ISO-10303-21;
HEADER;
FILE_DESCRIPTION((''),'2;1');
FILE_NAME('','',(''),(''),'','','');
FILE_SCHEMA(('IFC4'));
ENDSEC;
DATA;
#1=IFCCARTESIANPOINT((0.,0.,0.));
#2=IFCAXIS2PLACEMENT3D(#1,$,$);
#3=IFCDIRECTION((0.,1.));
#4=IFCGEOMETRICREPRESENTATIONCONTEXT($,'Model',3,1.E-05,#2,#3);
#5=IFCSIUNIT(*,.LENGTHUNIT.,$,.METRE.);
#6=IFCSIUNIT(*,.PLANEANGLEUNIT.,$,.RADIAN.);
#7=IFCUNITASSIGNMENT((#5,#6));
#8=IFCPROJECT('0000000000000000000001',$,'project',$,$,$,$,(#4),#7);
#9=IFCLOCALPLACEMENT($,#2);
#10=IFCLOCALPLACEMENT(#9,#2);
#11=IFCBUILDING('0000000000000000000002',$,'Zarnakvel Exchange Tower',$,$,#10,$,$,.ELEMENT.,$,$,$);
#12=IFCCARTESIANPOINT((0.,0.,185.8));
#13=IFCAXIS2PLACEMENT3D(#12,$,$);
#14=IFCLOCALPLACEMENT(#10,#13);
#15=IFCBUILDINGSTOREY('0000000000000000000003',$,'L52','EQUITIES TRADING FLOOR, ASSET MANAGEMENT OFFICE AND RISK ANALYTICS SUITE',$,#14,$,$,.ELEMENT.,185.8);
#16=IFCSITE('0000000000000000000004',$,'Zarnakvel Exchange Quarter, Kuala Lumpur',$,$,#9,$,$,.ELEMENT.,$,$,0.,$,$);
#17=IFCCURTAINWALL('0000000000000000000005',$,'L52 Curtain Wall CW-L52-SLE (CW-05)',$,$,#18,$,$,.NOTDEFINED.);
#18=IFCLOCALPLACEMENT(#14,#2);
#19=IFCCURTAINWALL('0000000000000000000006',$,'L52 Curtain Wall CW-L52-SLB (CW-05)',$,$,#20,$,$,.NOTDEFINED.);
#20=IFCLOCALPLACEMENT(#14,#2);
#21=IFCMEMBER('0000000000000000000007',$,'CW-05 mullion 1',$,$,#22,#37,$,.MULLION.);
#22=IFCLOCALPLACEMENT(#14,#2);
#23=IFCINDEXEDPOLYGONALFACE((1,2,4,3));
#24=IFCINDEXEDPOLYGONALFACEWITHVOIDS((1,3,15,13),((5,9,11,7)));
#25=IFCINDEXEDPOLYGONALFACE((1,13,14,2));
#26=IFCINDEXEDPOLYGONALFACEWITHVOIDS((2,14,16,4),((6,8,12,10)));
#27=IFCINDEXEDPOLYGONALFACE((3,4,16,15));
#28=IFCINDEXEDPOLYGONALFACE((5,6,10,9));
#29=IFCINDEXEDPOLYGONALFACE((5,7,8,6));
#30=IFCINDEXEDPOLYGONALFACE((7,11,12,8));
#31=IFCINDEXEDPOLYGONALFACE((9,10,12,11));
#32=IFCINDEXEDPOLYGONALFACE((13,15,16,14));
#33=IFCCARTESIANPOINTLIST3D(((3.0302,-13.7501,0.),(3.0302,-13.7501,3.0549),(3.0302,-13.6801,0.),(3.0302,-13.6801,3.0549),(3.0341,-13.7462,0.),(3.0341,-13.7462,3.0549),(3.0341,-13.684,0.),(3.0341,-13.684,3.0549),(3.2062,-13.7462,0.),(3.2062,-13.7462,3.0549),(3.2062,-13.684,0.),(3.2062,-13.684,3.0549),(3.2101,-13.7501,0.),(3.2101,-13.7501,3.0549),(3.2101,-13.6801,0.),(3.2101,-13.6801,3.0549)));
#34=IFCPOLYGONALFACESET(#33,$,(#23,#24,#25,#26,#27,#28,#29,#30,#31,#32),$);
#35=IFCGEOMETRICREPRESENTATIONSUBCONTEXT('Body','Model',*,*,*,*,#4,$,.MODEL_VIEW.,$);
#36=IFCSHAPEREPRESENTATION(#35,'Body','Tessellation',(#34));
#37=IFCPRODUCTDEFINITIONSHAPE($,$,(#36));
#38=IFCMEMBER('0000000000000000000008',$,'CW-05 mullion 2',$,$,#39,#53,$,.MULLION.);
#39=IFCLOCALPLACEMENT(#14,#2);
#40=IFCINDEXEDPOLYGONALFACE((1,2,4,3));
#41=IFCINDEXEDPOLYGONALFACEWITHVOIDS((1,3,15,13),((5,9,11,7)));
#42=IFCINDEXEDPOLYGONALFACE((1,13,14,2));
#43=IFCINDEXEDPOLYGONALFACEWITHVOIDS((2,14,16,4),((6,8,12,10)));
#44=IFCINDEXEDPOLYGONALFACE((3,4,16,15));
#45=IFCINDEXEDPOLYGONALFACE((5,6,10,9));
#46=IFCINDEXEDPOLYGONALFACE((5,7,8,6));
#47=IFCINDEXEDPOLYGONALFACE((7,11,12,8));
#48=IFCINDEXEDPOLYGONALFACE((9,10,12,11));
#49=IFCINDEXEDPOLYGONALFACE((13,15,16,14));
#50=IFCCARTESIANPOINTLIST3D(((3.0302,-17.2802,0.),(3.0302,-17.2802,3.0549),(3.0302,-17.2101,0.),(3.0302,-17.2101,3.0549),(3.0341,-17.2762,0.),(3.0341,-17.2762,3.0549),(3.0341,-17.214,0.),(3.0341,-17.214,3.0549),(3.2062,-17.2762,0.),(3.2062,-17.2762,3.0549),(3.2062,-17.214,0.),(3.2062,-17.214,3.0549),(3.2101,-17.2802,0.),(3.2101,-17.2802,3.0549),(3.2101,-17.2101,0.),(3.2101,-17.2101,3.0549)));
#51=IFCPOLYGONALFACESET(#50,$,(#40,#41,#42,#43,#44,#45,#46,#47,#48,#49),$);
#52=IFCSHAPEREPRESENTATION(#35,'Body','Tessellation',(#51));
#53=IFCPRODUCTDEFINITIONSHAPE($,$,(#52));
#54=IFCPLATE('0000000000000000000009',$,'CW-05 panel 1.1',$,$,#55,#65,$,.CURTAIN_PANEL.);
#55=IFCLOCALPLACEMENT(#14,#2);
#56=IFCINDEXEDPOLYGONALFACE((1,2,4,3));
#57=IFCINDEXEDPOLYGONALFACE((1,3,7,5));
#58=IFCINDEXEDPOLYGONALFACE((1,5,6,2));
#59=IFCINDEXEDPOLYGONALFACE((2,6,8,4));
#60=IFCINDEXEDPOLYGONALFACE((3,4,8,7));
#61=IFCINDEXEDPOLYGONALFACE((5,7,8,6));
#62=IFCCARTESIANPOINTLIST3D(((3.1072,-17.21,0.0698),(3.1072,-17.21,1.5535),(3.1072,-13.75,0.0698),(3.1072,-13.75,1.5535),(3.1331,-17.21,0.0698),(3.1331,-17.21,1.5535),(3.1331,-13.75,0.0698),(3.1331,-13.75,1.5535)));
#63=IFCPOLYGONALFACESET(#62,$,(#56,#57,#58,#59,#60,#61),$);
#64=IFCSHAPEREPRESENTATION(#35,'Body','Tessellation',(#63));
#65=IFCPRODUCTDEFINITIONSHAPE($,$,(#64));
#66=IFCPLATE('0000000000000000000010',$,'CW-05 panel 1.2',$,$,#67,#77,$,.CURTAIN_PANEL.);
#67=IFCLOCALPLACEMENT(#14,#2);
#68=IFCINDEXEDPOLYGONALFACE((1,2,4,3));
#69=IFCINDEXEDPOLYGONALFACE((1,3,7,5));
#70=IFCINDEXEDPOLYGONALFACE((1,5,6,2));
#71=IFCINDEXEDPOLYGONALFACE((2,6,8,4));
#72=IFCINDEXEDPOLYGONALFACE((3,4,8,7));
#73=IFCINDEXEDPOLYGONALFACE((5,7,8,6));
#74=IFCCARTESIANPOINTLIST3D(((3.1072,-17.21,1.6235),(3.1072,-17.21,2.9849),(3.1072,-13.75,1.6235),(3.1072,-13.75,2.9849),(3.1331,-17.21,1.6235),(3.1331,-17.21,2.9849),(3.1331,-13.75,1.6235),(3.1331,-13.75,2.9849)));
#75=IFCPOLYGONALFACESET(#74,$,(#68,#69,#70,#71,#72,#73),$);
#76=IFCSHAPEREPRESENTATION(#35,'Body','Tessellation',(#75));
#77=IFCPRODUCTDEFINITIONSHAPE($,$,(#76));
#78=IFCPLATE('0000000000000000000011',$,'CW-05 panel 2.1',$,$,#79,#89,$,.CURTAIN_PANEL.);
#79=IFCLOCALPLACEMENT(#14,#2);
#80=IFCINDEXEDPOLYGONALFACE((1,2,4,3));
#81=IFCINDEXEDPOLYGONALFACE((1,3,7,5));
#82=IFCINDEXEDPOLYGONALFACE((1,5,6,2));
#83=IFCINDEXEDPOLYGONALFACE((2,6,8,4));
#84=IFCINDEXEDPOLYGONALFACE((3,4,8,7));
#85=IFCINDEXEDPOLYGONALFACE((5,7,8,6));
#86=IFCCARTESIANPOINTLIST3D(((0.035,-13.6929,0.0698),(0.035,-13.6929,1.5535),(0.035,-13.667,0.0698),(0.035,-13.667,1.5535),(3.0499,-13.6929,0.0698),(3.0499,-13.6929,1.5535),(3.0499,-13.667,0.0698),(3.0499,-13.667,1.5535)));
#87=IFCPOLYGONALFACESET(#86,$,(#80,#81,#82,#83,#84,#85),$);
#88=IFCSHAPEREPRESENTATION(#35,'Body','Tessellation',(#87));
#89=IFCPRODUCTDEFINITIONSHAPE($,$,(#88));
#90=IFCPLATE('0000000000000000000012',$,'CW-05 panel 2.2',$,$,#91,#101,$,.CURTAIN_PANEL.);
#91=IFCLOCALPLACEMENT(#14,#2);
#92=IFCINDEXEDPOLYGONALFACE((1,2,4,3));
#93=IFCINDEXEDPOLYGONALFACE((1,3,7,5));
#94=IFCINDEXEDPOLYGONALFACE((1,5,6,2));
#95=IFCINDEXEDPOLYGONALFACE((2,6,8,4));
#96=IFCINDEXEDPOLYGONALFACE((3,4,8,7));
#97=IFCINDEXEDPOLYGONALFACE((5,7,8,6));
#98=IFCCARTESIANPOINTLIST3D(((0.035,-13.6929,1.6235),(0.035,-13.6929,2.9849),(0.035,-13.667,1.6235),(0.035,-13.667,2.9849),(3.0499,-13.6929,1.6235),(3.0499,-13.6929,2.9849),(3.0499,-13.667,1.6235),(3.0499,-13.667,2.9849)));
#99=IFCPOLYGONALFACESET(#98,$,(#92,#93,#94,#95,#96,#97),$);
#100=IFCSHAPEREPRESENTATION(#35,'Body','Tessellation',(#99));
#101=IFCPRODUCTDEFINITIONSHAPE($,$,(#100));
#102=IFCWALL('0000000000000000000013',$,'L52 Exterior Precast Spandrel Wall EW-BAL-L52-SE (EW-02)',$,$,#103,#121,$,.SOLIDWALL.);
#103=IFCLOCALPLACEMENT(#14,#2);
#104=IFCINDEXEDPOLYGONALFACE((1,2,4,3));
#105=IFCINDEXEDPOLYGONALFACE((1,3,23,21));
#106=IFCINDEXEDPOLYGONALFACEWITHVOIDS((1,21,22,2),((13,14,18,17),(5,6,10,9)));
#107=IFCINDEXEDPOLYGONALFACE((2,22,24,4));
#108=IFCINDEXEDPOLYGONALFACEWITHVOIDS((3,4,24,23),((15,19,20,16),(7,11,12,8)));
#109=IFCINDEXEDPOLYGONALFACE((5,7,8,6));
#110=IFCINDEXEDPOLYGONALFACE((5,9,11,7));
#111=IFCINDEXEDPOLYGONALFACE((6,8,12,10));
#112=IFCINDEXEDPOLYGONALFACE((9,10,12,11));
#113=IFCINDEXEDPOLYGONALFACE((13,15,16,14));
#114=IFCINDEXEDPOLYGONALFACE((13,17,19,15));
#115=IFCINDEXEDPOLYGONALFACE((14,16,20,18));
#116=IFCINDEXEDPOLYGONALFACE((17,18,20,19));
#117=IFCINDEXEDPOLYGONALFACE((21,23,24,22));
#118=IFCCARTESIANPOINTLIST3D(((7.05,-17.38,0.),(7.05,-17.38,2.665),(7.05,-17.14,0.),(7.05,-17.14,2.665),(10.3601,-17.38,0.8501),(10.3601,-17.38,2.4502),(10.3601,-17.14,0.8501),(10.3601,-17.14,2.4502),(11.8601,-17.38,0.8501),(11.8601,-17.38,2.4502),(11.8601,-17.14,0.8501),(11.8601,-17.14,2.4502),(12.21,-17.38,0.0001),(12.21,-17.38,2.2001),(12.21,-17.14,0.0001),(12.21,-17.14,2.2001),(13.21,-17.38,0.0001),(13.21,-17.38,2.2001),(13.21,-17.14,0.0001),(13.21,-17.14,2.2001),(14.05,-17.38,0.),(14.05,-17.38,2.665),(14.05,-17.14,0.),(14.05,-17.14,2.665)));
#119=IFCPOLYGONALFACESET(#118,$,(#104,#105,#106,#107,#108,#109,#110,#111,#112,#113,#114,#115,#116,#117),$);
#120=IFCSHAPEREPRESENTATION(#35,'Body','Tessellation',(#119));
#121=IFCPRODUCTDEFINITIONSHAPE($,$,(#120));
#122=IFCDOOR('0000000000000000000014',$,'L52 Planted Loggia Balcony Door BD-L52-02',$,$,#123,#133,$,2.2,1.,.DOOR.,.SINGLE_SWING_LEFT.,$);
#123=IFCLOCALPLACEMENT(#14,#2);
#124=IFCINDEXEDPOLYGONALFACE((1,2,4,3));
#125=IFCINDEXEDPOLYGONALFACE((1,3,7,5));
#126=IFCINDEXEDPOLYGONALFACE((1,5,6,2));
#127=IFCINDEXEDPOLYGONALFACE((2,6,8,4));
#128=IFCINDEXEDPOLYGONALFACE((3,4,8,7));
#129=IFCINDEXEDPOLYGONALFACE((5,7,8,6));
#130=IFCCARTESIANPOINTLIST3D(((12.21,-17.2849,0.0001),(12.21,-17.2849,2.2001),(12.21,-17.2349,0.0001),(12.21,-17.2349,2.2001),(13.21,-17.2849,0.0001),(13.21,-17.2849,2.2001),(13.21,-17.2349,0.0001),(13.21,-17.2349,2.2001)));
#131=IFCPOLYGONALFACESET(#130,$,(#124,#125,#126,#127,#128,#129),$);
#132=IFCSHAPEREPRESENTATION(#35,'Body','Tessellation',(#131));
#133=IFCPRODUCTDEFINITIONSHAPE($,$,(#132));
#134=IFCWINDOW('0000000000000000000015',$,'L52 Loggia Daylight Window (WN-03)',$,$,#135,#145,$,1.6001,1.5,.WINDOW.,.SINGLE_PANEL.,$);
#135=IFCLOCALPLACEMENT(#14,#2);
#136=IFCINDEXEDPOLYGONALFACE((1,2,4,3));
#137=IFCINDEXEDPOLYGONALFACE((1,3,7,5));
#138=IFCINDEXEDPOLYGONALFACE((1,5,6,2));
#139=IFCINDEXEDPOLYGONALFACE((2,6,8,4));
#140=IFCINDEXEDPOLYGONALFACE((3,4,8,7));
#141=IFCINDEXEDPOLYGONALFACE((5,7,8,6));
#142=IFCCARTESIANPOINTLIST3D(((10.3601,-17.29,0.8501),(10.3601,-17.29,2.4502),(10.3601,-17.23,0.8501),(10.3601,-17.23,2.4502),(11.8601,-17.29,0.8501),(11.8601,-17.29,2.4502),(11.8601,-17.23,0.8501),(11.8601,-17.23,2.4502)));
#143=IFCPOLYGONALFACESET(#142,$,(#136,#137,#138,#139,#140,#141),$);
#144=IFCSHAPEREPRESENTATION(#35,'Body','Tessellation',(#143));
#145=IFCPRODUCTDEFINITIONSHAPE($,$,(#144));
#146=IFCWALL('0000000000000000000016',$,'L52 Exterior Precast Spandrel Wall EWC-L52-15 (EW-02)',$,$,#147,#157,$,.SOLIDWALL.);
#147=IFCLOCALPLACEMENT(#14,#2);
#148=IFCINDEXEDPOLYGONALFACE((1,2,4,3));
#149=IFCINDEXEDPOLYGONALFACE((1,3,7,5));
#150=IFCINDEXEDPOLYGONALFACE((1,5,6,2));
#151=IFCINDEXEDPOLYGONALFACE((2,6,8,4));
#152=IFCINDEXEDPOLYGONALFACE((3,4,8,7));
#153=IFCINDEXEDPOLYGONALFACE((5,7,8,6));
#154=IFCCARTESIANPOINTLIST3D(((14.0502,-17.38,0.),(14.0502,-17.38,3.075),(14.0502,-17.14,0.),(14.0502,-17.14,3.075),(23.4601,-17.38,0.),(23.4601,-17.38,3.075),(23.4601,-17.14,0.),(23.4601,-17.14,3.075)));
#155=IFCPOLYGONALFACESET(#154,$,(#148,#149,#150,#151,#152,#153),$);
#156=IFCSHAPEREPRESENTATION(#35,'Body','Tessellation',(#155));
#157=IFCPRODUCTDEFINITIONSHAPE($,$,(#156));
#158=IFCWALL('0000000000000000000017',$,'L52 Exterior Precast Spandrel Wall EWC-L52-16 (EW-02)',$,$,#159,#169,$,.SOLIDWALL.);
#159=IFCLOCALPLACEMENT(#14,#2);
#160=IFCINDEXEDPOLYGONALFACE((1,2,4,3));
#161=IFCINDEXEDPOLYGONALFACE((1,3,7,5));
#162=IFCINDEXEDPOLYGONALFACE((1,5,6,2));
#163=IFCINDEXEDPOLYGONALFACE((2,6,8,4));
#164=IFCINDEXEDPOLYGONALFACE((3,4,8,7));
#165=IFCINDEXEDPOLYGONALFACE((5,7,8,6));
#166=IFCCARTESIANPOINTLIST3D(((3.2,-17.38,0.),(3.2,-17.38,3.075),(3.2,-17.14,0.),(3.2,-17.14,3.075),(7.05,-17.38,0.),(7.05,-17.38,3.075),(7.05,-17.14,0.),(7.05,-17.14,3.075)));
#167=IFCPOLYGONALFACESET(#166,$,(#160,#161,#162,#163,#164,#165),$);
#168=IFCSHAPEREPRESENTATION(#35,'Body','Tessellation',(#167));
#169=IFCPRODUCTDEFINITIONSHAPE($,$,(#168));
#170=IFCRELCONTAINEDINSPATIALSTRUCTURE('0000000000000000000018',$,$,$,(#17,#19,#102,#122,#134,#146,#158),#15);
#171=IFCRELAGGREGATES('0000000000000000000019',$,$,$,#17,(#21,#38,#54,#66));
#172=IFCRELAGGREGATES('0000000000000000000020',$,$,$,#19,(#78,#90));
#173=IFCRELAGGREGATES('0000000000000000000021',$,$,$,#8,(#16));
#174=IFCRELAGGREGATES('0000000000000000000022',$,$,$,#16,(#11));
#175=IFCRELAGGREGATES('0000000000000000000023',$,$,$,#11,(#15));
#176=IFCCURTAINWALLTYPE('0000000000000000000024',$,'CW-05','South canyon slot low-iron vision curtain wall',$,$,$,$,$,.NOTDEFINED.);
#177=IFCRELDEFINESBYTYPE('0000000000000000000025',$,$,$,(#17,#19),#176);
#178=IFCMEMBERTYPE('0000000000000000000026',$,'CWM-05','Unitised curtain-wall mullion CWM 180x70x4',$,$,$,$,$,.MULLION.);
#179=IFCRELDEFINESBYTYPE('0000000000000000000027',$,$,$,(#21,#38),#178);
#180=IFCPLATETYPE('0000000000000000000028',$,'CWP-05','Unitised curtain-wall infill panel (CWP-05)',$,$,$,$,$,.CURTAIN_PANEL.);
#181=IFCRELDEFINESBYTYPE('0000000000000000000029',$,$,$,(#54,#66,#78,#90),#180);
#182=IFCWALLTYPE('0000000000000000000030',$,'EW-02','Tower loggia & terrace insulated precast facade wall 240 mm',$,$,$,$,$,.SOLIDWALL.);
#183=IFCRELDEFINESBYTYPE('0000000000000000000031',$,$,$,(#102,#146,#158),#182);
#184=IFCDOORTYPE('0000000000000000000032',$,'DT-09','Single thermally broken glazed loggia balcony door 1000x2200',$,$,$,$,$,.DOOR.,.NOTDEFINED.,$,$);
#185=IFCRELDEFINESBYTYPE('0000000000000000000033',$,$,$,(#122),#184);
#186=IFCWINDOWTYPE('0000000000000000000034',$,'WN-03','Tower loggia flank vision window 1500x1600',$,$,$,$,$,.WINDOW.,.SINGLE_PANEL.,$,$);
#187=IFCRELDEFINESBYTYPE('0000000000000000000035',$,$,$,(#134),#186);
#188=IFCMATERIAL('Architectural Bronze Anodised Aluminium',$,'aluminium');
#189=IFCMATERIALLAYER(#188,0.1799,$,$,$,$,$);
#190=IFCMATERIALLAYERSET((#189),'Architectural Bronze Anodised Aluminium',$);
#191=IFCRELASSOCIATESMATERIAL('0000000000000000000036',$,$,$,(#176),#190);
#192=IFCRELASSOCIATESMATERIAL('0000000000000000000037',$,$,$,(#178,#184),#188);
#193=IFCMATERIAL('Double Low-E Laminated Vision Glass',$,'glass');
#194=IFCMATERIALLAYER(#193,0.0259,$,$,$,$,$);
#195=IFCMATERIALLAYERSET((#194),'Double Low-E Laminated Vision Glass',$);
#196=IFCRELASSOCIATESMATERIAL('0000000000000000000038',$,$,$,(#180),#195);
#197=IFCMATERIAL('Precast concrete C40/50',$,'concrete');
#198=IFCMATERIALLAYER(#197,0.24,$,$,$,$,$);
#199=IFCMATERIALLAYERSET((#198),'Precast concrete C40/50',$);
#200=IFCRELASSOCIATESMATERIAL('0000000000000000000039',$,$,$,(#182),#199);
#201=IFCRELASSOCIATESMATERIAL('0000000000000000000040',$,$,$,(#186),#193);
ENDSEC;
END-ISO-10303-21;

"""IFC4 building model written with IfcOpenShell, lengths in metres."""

from ifc_helpers import new_model, si_unit, direction, frame, frame_2d, origin, origin_2d, place, context, subcontext, project, spatial, rectangle, hollow_rectangle, extrude, source, transform, mapped, material, layer, layer_set, material_profile, profile_set, type_object, element, fill, aggregate, save


model = new_model("IFC4")

# Units and contexts
model_context = context("Model", 3, precision=1e-05, world=origin(), true_north=direction((0.0, 1.0)))
body_context = subcontext(model_context, "Body", "Model", "MODEL_VIEW")
ifc_project = project(units=[si_unit("LENGTHUNIT", "METRE"), si_unit("PLANEANGLEUNIT", "RADIAN")], contexts=[model_context])

# Site, building, storey
site_placement = place(None, origin())
site = spatial("IfcSite", under=ifc_project, at=site_placement, Name="Zarnakvel Exchange Quarter, Kuala Lumpur", CompositionType="ELEMENT", RefElevation=0.0)
building_placement = place(site_placement, origin())
building = spatial("IfcBuilding", under=site, at=building_placement, Name="Zarnakvel Exchange Tower", CompositionType="ELEMENT")
storey_placement = place(building_placement, frame((0.0, 0.0, 185.8)))
storey = spatial("IfcBuildingStorey", under=building, at=storey_placement, Name="L52", Description="EQUITIES TRADING FLOOR, ASSET MANAGEMENT OFFICE AND RISK ANALYTICS SUITE", CompositionType="ELEMENT", Elevation=185.8)

# Curtain walls
ifc_material_1 = material(Name="Architectural Bronze Anodised Aluminium", Category="aluminium")
ifc_layer_1 = layer(ifc_material_1, 0.1799)
ifc_layer_set_1 = layer_set([ifc_layer_1], Name="Architectural Bronze Anodised Aluminium")
curtain_wall_type = type_object("IfcCurtainWallType", Name="CW-05", Description="South canyon slot low-iron vision curtain wall", PredefinedType="NOTDEFINED", material=ifc_layer_set_1)
curtain_wall_1_placement = place(storey_placement, origin())
curtain_wall_1 = element("IfcCurtainWall", 1, at=curtain_wall_1_placement, inside=storey, type_object=curtain_wall_type, Name="L52 Curtain Wall CW-L52-SLE (CW-05)", PredefinedType="NOTDEFINED")
curtain_wall_2_placement = place(storey_placement, origin())
curtain_wall_2 = element("IfcCurtainWall", 2, at=curtain_wall_2_placement, inside=storey, type_object=curtain_wall_type, Name="L52 Curtain Wall CW-L52-SLB (CW-05)", PredefinedType="NOTDEFINED")
ifc_material_profile_1 = material_profile(ifc_material_1, hollow_rectangle(XDim=0.1799, YDim=0.0701, WallThickness=0.0039, at=origin_2d()))
ifc_profile_set_1 = profile_set([ifc_material_profile_1], Name="Architectural Bronze Anodised Aluminium")
member_type_1 = type_object("IfcMemberType", Name="CWM-05", Description="Unitised curtain-wall mullion CWM 180x70x4", PredefinedType="MULLION", material=ifc_profile_set_1)
shared_shape_1 = source(origin(), body_context, "Body", "SweptSolid", [
    extrude(hollow_rectangle(XDim=0.1799, YDim=0.0701, WallThickness=0.0039, at=origin_2d()), origin(), (0.0, 0.0, 1.0), 3.0549),
])

# Members
member_1_placement = place(storey_placement, frame((3.1201, -13.7151, 0.0), z_axis=(0.0, 0.0, 1.0), x_axis=(1.0, 0.0, 0.0)))
member_1 = element("IfcMember", 3, at=member_1_placement, type_object=member_type_1, Name="CW-05 mullion 1", PredefinedType="MULLION", context=body_context, shape_type="MappedRepresentation", body=[
    mapped(shared_shape_1, transform((0.0, 0.0, 0.0), x_axis=(1.0, 0.0, 0.0), y_axis=(0.0, 1.0, 0.0), z_axis=(0.0, 0.0, 1.0), scale=1.0)),
])
member_2_placement = place(storey_placement, frame((3.1201, -17.2451, 0.0), z_axis=(0.0, 0.0, 1.0), x_axis=(1.0, 0.0, 0.0)))
member_2 = element("IfcMember", 4, at=member_2_placement, type_object=member_type_1, Name="CW-05 mullion 2", PredefinedType="MULLION", context=body_context, shape_type="MappedRepresentation", body=[
    mapped(shared_shape_1, transform((0.0, 0.0, 0.0), x_axis=(1.0, 0.0, 0.0), y_axis=(0.0, 1.0, 0.0), z_axis=(0.0, 0.0, 1.0), scale=1.0)),
])

# Plates
ifc_material_2 = material(Name="Double Low-E Laminated Vision Glass", Category="glass")
ifc_layer_2 = layer(ifc_material_2, 0.0259)
ifc_layer_set_2 = layer_set([ifc_layer_2], Name="Double Low-E Laminated Vision Glass")
plate_type = type_object("IfcPlateType", Name="CWP-05", Description="Unitised curtain-wall infill panel (CWP-05)", PredefinedType="CURTAIN_PANEL", material=ifc_layer_set_2)
shared_shape_2 = source(origin(), body_context, "Body", "SweptSolid", [
    extrude(rectangle(XDim=3.46, YDim=0.0259, at=origin_2d()), origin(), (0.0, 0.0, 1.0), 1.4836),
])
plate_1_placement = place(storey_placement, frame((3.1201, -15.48, 0.0698), z_axis=(0.0, 0.0, 1.0), x_axis=(0.0, -1.0, 0.0)))
plate_1 = element("IfcPlate", 5, at=plate_1_placement, type_object=plate_type, Name="CW-05 panel 1.1", PredefinedType="CURTAIN_PANEL", context=body_context, shape_type="MappedRepresentation", body=[
    mapped(shared_shape_2, transform((0.0, 0.0, 0.0), x_axis=(1.0, 0.0, 0.0), y_axis=(0.0, 1.0, 0.0), z_axis=(0.0, 0.0, 1.0), scale=1.0)),
])
shared_shape_3 = source(origin(), body_context, "Body", "SweptSolid", [
    extrude(rectangle(XDim=3.46, YDim=0.0259, at=origin_2d()), origin(), (0.0, 0.0, 1.0), 1.3613),
])
plate_2_placement = place(storey_placement, frame((3.1201, -15.48, 1.6235), z_axis=(0.0, 0.0, 1.0), x_axis=(0.0, -1.0, 0.0)))
plate_2 = element("IfcPlate", 6, at=plate_2_placement, type_object=plate_type, Name="CW-05 panel 1.2", PredefinedType="CURTAIN_PANEL", context=body_context, shape_type="MappedRepresentation", body=[
    mapped(shared_shape_3, transform((0.0, 0.0, 0.0), x_axis=(1.0, 0.0, 0.0), y_axis=(0.0, 1.0, 0.0), z_axis=(0.0, 0.0, 1.0), scale=1.0)),
])
aggregate(curtain_wall_1, [member_1, member_2, plate_1, plate_2])
shared_shape_4 = source(origin(), body_context, "Body", "SweptSolid", [
    extrude(rectangle(XDim=3.0149, YDim=0.0259, at=origin_2d()), origin(), (0.0, 0.0, 1.0), 1.4836),
])
plate_3_placement = place(storey_placement, frame((1.5425, -13.6799, 0.0698), z_axis=(0.0, 0.0, 1.0), x_axis=(1.0, 0.0, 0.0)))
plate_3 = element("IfcPlate", 7, at=plate_3_placement, type_object=plate_type, Name="CW-05 panel 2.1", PredefinedType="CURTAIN_PANEL", context=body_context, shape_type="MappedRepresentation", body=[
    mapped(shared_shape_4, transform((0.0, 0.0, 0.0), x_axis=(1.0, 0.0, 0.0), y_axis=(0.0, 1.0, 0.0), z_axis=(0.0, 0.0, 1.0), scale=1.0)),
])
shared_shape_5 = source(origin(), body_context, "Body", "SweptSolid", [
    extrude(rectangle(XDim=3.0149, YDim=0.0259, at=origin_2d()), origin(), (0.0, 0.0, 1.0), 1.3613),
])
plate_4_placement = place(storey_placement, frame((1.5425, -13.6799, 1.6235), z_axis=(0.0, 0.0, 1.0), x_axis=(1.0, 0.0, 0.0)))
plate_4 = element("IfcPlate", 8, at=plate_4_placement, type_object=plate_type, Name="CW-05 panel 2.2", PredefinedType="CURTAIN_PANEL", context=body_context, shape_type="MappedRepresentation", body=[
    mapped(shared_shape_5, transform((0.0, 0.0, 0.0), x_axis=(1.0, 0.0, 0.0), y_axis=(0.0, 1.0, 0.0), z_axis=(0.0, 0.0, 1.0), scale=1.0)),
])
aggregate(curtain_wall_2, [plate_3, plate_4])

# Wall, openings, door, window
ifc_material_3 = material(Name="Precast concrete C40/50", Category="concrete")
ifc_layer_3 = layer(ifc_material_3, 0.24)
ifc_layer_set_3 = layer_set([ifc_layer_3], Name="Precast concrete C40/50")
wall_type_1 = type_object("IfcWallType", Name="EW-02", Description="Tower loggia & terrace insulated precast facade wall 240 mm", PredefinedType="SOLIDWALL", material=ifc_layer_set_3)
wall_1_placement = place(storey_placement, frame((14.05, -17.26, 0.0), z_axis=(0.0, 0.0, 1.0), x_axis=(-1.0, 0.0, 0.0)))
wall_1 = element("IfcWall", 9, at=wall_1_placement, inside=storey, type_object=wall_type_1, Name="L52 Exterior Precast Spandrel Wall EW-BAL-L52-SE (EW-02)", PredefinedType="SOLIDWALL", context=body_context, shape_type="SweptSolid", body=[
    extrude(rectangle(XDim=7.0, YDim=0.24, at=frame_2d((3.5, 0.0))), origin(), (0.0, 0.0, 1.0), 2.665),
])
opening_1_placement = place(wall_1_placement, frame((0.8401, 0.0, 0.0)))
opening_1 = element("IfcOpeningElement", 10, at=opening_1_placement, cuts=wall_1, PredefinedType="OPENING", context=body_context, shape_type="SweptSolid", body=[
    extrude(rectangle(XDim=1.0, YDim=2.2, at=frame_2d((0.5, 1.1001))), frame((0.0, 0.1299, 0.0), z_axis=(0.0, -1.0, 0.0), x_axis=(1.0, 0.0, 0.0)), (0.0, 0.0, 1.0), 0.26),
])
opening_2_placement = place(wall_1_placement, frame((2.1899, 0.0, 0.8501)))
opening_2 = element("IfcOpeningElement", 11, at=opening_2_placement, cuts=wall_1, PredefinedType="OPENING", context=body_context, shape_type="SweptSolid", body=[
    extrude(rectangle(XDim=1.5, YDim=1.6001, at=frame_2d((0.75, 0.8))), frame((0.0, 0.1299, 0.0), z_axis=(0.0, -1.0, 0.0), x_axis=(1.0, 0.0, 0.0)), (0.0, 0.0, 1.0), 0.26),
])
door_type = type_object("IfcDoorType", Name="DT-09", Description="Single thermally broken glazed loggia balcony door 1000x2200", OperationType="NOTDEFINED", PredefinedType="DOOR", material=ifc_material_1)
shared_shape_6 = source(origin(), body_context, "Body", "SweptSolid", [
    extrude(rectangle(XDim=1.0, YDim=2.2, at=frame_2d((0.5, 1.1001))), frame((0.0, 0.0249, 0.0), z_axis=(0.0, -1.0, 0.0), x_axis=(1.0, 0.0, 0.0)), (0.0, 0.0, 1.0), 0.05),
])
door_placement = place(opening_1_placement, origin())
door = element("IfcDoor", 12, at=door_placement, inside=storey, type_object=door_type, Name="L52 Planted Loggia Balcony Door BD-L52-02", OperationType="SINGLE_SWING_LEFT", OverallHeight=2.2, OverallWidth=1.0, PredefinedType="DOOR", context=body_context, shape_type="MappedRepresentation", body=[
    mapped(shared_shape_6, transform((0.0, 0.0, 0.0), x_axis=(1.0, 0.0, 0.0), y_axis=(0.0, 1.0, 0.0), z_axis=(0.0, 0.0, 1.0), scale=1.0)),
])
fill(opening_1, door)
window_type = type_object("IfcWindowType", Name="WN-03", Description="Tower loggia flank vision window 1500x1600", PartitioningType="SINGLE_PANEL", PredefinedType="WINDOW", material=ifc_material_2)
shared_shape_7 = source(origin(), body_context, "Body", "SweptSolid", [
    extrude(rectangle(XDim=1.5, YDim=1.6001, at=frame_2d((0.75, 0.8))), frame((0.0, 0.03, 0.0), z_axis=(0.0, -1.0, 0.0), x_axis=(1.0, 0.0, 0.0)), (0.0, 0.0, 1.0), 0.0601),
])
window_placement = place(opening_2_placement, origin())
window = element("IfcWindow", 13, at=window_placement, inside=storey, type_object=window_type, Name="L52 Loggia Daylight Window (WN-03)", OverallHeight=1.6001, OverallWidth=1.5, PartitioningType="SINGLE_PANEL", PredefinedType="WINDOW", context=body_context, shape_type="MappedRepresentation", body=[
    mapped(shared_shape_7, transform((0.0, 0.0, 0.0), x_axis=(1.0, 0.0, 0.0), y_axis=(0.0, 1.0, 0.0), z_axis=(0.0, 0.0, 1.0), scale=1.0)),
])
fill(opening_2, window)

# Walls
wall_2_placement = place(storey_placement, frame((14.05, -17.26, 0.0), z_axis=(0.0, 0.0, 1.0), x_axis=(1.0, 0.0, 0.0)))
element("IfcWall", 14, at=wall_2_placement, inside=storey, type_object=wall_type_1, Name="L52 Exterior Precast Spandrel Wall EWC-L52-15 (EW-02)", PredefinedType="SOLIDWALL", context=body_context, shape_type="SweptSolid", body=[
    extrude(rectangle(XDim=9.4099, YDim=0.24, at=frame_2d((4.7051, 0.0))), origin(), (0.0, 0.0, 1.0), 3.075),
])
wall_3_placement = place(storey_placement, frame((3.2, -17.26, 0.0), z_axis=(0.0, 0.0, 1.0), x_axis=(1.0, 0.0, 0.0)))
element("IfcWall", 15, at=wall_3_placement, inside=storey, type_object=wall_type_1, Name="L52 Exterior Precast Spandrel Wall EWC-L52-16 (EW-02)", PredefinedType="SOLIDWALL", context=body_context, shape_type="SweptSolid", body=[
    extrude(rectangle(XDim=3.8501, YDim=0.24, at=frame_2d((1.925, 0.0))), origin(), (0.0, 0.0, 1.0), 3.075),
])

save(model, "model.ifc")
